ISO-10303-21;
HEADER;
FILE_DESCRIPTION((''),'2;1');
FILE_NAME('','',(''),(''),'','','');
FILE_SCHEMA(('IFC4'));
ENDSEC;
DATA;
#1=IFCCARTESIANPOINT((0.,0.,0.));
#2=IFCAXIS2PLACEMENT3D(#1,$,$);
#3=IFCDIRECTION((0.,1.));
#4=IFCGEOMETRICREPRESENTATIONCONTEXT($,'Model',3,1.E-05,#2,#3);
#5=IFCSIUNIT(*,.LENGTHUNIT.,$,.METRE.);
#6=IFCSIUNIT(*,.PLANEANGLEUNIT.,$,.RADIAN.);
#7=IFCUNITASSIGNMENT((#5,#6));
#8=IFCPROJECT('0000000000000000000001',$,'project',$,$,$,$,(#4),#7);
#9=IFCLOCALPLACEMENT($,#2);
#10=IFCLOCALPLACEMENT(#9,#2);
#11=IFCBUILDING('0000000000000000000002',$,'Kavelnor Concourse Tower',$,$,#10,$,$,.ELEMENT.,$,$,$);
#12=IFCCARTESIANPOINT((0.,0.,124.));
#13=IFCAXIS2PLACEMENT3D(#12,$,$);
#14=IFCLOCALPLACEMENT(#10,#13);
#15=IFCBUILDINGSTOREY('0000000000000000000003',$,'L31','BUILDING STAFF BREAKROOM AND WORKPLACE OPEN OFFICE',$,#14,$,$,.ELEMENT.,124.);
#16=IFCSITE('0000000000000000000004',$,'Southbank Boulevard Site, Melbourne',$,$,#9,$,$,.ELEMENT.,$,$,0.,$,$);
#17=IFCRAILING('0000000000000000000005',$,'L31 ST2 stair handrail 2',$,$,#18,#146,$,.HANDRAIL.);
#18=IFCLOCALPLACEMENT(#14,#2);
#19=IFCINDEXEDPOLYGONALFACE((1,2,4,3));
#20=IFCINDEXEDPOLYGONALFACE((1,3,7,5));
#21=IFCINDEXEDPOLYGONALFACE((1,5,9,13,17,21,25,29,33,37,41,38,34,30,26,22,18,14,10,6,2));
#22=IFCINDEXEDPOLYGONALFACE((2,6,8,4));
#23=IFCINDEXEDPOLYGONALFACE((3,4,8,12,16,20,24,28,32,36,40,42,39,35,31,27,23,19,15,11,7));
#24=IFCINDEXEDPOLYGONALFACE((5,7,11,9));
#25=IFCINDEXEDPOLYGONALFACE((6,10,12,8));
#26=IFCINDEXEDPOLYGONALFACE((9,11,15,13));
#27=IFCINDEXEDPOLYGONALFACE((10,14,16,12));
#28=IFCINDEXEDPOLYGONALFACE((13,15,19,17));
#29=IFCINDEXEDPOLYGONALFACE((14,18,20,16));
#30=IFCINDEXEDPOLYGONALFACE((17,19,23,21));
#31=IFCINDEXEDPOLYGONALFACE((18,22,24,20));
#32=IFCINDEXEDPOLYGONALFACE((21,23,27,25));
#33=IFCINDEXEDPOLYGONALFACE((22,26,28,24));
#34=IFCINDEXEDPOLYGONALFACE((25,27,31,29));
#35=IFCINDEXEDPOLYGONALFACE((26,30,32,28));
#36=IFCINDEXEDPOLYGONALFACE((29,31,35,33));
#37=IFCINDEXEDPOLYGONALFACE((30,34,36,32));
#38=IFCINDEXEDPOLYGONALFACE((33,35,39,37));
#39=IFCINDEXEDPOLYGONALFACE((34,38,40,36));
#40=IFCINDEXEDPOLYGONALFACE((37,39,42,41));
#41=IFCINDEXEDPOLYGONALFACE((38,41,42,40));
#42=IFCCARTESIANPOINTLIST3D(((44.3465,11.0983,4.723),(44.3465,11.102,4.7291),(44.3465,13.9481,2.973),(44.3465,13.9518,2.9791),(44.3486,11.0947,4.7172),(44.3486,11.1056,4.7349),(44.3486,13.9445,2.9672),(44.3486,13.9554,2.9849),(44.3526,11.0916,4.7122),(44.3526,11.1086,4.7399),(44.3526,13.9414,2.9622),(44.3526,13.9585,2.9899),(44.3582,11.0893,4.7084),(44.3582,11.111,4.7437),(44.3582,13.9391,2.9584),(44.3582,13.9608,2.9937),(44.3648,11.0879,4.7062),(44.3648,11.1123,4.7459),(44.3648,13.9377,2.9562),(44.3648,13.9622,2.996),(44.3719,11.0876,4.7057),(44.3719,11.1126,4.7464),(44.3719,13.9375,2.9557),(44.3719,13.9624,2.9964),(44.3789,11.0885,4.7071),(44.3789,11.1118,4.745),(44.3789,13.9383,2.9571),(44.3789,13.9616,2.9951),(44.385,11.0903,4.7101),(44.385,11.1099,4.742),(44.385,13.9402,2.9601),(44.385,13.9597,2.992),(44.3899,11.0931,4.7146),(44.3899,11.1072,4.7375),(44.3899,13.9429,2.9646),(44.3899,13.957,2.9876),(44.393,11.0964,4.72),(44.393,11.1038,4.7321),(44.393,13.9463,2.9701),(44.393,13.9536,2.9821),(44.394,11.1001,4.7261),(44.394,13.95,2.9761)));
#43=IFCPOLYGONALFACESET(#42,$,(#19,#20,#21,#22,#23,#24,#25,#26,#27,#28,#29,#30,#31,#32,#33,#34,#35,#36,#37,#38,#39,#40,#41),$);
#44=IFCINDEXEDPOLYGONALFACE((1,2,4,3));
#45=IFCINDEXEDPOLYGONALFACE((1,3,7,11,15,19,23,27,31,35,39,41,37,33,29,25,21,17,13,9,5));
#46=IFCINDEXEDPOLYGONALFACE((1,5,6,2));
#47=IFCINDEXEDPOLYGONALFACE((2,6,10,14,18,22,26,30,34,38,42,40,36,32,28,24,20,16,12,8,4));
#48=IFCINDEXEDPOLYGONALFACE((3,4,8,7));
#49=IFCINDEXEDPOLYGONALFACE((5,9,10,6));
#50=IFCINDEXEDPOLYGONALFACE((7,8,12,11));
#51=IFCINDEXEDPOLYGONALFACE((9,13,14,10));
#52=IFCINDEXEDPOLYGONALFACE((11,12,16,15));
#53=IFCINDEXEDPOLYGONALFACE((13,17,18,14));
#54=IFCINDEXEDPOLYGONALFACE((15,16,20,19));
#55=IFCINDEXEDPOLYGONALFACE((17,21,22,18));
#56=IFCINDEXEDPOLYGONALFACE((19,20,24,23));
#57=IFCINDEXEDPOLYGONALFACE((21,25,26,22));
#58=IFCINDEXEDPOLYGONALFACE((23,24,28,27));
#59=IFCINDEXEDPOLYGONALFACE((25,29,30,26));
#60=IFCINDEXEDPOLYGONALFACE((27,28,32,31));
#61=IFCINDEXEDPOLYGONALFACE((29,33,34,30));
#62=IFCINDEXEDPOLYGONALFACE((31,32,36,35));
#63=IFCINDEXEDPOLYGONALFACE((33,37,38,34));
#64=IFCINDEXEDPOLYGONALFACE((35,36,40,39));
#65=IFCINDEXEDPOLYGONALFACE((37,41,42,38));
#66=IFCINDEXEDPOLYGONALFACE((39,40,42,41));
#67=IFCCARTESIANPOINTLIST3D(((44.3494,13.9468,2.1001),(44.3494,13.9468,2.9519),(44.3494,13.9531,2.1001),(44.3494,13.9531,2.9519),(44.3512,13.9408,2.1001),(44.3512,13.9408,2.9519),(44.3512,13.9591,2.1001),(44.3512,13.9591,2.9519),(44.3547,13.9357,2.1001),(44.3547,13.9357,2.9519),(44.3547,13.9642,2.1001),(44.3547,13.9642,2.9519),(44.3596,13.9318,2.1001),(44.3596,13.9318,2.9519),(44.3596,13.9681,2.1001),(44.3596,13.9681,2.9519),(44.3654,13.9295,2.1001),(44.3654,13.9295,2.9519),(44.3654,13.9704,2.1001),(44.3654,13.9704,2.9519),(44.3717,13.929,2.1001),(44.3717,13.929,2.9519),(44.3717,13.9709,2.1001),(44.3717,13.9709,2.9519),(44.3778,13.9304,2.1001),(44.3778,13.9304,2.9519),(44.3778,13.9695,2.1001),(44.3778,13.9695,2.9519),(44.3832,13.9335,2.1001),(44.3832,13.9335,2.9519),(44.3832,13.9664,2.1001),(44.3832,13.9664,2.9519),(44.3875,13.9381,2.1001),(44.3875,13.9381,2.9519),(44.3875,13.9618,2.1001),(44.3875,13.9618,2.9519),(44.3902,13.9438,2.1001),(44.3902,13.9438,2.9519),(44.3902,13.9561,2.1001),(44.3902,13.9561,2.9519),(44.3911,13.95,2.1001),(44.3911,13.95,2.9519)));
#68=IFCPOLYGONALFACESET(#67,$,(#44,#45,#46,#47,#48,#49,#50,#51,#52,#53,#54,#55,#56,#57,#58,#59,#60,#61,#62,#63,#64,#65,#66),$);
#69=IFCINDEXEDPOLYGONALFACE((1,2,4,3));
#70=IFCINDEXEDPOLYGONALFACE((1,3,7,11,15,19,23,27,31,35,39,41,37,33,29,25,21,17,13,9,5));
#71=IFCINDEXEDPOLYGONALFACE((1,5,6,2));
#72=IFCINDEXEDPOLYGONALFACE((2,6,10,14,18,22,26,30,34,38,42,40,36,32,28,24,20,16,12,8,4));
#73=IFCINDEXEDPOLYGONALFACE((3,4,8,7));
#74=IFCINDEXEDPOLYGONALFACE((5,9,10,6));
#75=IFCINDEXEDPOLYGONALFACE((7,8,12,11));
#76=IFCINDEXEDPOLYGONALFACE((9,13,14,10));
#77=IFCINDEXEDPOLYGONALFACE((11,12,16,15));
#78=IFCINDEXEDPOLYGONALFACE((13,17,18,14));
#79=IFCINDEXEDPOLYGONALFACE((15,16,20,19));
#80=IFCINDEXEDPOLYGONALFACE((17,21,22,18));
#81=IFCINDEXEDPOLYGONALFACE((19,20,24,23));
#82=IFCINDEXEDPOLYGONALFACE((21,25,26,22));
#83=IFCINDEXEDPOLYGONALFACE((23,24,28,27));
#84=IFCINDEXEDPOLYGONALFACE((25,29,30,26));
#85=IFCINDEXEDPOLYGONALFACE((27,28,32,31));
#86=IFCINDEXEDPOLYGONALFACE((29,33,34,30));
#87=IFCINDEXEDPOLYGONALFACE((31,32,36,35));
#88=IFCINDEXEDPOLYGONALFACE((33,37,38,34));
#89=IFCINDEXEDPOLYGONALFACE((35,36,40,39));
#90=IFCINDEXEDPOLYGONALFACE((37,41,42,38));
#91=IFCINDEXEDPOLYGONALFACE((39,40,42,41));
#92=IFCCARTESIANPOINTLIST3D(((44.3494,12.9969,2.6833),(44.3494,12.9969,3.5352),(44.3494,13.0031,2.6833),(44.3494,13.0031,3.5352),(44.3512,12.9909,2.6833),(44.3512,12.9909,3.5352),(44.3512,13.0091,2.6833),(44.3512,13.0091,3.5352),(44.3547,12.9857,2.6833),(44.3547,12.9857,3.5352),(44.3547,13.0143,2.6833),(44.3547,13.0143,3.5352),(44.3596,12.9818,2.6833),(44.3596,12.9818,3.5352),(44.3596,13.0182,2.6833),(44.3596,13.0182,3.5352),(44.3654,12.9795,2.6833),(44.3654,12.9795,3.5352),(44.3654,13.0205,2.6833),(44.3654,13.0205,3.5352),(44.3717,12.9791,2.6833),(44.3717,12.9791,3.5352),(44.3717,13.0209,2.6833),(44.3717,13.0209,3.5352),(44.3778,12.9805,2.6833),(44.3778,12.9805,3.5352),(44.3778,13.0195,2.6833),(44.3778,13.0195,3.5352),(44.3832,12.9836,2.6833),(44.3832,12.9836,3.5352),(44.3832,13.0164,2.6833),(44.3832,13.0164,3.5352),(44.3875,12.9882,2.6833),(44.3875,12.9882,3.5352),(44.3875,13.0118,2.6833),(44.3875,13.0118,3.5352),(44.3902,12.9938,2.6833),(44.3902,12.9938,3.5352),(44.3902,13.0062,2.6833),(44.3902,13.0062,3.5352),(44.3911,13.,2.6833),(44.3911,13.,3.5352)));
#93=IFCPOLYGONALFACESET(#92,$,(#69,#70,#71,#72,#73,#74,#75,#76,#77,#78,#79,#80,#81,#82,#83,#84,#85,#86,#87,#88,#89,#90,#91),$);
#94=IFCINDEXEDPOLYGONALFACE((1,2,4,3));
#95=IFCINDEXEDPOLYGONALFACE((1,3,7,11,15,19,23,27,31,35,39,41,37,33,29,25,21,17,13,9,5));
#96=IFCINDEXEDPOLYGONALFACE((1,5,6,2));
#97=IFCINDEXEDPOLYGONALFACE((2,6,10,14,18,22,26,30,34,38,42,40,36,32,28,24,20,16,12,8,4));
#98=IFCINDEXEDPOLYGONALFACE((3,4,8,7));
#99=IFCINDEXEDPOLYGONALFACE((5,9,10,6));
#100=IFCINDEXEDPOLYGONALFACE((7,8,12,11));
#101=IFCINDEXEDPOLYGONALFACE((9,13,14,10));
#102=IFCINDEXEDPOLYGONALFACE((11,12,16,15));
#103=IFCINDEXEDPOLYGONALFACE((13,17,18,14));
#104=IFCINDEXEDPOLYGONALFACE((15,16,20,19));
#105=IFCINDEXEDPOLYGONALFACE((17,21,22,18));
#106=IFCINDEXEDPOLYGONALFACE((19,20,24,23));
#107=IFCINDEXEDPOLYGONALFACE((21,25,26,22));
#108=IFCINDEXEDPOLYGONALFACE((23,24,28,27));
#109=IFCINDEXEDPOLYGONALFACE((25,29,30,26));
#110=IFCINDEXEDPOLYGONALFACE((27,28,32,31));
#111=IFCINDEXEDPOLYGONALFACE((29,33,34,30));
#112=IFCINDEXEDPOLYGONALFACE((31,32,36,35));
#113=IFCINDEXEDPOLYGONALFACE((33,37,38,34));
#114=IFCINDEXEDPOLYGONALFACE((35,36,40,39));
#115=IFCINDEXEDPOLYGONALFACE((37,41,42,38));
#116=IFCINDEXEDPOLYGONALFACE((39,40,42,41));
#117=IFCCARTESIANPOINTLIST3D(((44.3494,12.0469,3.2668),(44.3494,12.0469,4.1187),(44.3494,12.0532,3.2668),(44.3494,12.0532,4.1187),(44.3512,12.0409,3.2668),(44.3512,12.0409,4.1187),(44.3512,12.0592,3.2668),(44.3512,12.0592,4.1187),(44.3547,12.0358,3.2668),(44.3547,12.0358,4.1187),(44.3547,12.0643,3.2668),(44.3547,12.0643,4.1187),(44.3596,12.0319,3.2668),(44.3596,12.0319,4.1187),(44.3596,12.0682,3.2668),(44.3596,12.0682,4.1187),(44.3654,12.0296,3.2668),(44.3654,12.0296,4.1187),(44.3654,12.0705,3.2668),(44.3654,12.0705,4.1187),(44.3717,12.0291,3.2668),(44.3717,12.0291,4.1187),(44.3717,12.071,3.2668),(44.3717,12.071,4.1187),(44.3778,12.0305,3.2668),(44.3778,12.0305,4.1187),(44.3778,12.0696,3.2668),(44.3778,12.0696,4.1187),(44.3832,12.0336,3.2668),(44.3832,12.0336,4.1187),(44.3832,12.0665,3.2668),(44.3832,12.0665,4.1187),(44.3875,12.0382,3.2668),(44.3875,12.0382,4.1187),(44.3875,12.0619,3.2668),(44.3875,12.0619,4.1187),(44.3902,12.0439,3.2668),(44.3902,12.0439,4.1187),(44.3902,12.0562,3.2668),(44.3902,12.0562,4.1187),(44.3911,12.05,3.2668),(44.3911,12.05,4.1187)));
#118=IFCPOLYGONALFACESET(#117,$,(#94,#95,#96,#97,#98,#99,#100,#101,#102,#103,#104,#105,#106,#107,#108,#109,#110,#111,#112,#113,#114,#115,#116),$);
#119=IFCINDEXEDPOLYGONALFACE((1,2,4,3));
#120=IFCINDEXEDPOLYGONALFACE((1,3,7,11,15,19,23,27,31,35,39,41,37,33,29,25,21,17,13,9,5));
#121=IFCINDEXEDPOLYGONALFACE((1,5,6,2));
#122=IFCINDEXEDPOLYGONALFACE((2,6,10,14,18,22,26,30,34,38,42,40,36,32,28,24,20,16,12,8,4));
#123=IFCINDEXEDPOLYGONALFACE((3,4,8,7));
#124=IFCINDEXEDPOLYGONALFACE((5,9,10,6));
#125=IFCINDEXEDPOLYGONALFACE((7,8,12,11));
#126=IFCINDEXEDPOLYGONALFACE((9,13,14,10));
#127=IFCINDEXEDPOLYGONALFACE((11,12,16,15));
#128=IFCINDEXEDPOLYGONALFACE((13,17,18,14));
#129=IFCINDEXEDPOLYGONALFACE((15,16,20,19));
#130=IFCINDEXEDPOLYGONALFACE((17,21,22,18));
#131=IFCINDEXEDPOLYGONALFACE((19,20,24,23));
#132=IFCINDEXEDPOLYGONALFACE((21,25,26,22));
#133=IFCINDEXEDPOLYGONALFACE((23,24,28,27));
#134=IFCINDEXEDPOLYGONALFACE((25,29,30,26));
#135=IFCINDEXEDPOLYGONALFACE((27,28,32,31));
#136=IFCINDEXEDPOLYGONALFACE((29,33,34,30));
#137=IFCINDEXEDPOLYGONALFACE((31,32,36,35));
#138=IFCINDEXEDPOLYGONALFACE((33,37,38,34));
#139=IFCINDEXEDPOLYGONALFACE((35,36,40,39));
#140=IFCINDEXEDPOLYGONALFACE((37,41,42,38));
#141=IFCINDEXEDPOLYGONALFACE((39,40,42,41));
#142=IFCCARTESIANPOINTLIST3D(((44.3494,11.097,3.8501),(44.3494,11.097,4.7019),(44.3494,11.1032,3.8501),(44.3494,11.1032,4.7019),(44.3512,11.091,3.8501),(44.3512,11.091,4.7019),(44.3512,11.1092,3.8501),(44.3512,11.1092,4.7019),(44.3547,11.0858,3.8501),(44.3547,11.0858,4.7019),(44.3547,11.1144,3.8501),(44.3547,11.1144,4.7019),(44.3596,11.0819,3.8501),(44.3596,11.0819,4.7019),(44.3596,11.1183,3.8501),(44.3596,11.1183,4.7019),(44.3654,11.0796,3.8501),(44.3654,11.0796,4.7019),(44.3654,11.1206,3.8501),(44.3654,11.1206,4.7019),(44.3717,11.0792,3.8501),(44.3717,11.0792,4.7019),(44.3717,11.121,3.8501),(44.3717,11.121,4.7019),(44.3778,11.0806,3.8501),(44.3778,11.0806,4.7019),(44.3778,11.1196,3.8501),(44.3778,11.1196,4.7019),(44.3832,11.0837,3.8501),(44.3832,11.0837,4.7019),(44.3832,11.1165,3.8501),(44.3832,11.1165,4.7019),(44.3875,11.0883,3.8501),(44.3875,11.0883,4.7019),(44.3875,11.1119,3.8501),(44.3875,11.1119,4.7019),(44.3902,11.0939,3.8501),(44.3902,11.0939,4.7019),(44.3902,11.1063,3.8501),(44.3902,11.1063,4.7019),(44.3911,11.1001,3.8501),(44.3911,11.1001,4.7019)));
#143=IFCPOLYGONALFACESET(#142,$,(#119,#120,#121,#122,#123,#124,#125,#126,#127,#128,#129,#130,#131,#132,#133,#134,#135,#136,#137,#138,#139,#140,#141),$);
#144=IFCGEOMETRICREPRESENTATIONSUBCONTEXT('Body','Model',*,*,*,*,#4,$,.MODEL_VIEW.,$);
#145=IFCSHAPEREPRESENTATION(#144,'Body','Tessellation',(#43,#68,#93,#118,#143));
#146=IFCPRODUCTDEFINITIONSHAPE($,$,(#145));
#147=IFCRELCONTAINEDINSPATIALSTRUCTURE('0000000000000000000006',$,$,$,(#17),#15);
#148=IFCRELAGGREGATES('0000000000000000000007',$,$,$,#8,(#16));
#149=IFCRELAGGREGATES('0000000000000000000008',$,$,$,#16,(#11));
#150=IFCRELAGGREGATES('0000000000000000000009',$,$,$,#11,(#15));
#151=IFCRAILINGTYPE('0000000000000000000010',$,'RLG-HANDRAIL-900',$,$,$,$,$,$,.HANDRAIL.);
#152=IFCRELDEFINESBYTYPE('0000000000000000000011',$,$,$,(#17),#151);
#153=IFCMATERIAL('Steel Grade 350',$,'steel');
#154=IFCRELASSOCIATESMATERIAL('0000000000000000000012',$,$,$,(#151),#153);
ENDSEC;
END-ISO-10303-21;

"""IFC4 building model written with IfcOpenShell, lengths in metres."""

from ifc_helpers import new_model, si_unit, direction, frame, origin, origin_2d, place, context, subcontext, project, spatial, circle, extrude, material, type_object, element, save


model = new_model("IFC4")

# Units and contexts
model_context = context("Model", 3, precision=1e-05, world=origin(), true_north=direction((0.0, 1.0)))
body_context = subcontext(model_context, "Body", "Model", "MODEL_VIEW")
ifc_project = project(units=[si_unit("LENGTHUNIT", "METRE"), si_unit("PLANEANGLEUNIT", "RADIAN")], contexts=[model_context])

# Site, building, storey
site_placement = place(None, origin())
site = spatial("IfcSite", under=ifc_project, at=site_placement, Name="Southbank Boulevard Site, Melbourne", CompositionType="ELEMENT", RefElevation=0.0)
building_placement = place(site_placement, origin())
building = spatial("IfcBuilding", under=site, at=building_placement, Name="Kavelnor Concourse Tower", CompositionType="ELEMENT")
storey_placement = place(building_placement, frame((0.0, 0.0, 124.0)))
storey = spatial("IfcBuildingStorey", under=building, at=storey_placement, Name="L31", Description="BUILDING STAFF BREAKROOM AND WORKPLACE OPEN OFFICE", CompositionType="ELEMENT", Elevation=124.0)

# Shared definitions
ifc_material_1 = material(Name="Steel Grade 350", Category="steel")

# Railing
railing_type = type_object("IfcRailingType", Name="RLG-HANDRAIL-900", PredefinedType="HANDRAIL", material=ifc_material_1)
railing_1_placement = place(storey_placement, frame((44.3701, 13.95, 2.1001)))
element("IfcRailing", 1, at=railing_1_placement, inside=storey, type_object=railing_type, Name="L31 ST2 stair handrail 2", PredefinedType="HANDRAIL", context=body_context, shape_type="SweptSolid", body=[
    extrude(circle(Radius=0.0239, at=origin_2d()), frame((0.0, 0.0, 0.876), z_axis=(0.0, -0.852159, 0.523283), x_axis=(1.0, 0.0, 0.0)), (0.0, 0.0, 1.0), 3.3442),
    extrude(circle(Radius=0.021, at=origin_2d()), origin(), (0.0, 0.0, 1.0), 0.8518),
    extrude(circle(Radius=0.021, at=origin_2d()), frame((0.0, -0.95, 0.5833)), (0.0, 0.0, 1.0), 0.8518),
    extrude(circle(Radius=0.021, at=origin_2d()), frame((0.0, -1.8999, 1.1667)), (0.0, 0.0, 1.0), 0.8518),
    extrude(circle(Radius=0.021, at=origin_2d()), frame((0.0, -2.8499, 1.75)), (0.0, 0.0, 1.0), 0.8518),
])

save(model, "model.ifc")
